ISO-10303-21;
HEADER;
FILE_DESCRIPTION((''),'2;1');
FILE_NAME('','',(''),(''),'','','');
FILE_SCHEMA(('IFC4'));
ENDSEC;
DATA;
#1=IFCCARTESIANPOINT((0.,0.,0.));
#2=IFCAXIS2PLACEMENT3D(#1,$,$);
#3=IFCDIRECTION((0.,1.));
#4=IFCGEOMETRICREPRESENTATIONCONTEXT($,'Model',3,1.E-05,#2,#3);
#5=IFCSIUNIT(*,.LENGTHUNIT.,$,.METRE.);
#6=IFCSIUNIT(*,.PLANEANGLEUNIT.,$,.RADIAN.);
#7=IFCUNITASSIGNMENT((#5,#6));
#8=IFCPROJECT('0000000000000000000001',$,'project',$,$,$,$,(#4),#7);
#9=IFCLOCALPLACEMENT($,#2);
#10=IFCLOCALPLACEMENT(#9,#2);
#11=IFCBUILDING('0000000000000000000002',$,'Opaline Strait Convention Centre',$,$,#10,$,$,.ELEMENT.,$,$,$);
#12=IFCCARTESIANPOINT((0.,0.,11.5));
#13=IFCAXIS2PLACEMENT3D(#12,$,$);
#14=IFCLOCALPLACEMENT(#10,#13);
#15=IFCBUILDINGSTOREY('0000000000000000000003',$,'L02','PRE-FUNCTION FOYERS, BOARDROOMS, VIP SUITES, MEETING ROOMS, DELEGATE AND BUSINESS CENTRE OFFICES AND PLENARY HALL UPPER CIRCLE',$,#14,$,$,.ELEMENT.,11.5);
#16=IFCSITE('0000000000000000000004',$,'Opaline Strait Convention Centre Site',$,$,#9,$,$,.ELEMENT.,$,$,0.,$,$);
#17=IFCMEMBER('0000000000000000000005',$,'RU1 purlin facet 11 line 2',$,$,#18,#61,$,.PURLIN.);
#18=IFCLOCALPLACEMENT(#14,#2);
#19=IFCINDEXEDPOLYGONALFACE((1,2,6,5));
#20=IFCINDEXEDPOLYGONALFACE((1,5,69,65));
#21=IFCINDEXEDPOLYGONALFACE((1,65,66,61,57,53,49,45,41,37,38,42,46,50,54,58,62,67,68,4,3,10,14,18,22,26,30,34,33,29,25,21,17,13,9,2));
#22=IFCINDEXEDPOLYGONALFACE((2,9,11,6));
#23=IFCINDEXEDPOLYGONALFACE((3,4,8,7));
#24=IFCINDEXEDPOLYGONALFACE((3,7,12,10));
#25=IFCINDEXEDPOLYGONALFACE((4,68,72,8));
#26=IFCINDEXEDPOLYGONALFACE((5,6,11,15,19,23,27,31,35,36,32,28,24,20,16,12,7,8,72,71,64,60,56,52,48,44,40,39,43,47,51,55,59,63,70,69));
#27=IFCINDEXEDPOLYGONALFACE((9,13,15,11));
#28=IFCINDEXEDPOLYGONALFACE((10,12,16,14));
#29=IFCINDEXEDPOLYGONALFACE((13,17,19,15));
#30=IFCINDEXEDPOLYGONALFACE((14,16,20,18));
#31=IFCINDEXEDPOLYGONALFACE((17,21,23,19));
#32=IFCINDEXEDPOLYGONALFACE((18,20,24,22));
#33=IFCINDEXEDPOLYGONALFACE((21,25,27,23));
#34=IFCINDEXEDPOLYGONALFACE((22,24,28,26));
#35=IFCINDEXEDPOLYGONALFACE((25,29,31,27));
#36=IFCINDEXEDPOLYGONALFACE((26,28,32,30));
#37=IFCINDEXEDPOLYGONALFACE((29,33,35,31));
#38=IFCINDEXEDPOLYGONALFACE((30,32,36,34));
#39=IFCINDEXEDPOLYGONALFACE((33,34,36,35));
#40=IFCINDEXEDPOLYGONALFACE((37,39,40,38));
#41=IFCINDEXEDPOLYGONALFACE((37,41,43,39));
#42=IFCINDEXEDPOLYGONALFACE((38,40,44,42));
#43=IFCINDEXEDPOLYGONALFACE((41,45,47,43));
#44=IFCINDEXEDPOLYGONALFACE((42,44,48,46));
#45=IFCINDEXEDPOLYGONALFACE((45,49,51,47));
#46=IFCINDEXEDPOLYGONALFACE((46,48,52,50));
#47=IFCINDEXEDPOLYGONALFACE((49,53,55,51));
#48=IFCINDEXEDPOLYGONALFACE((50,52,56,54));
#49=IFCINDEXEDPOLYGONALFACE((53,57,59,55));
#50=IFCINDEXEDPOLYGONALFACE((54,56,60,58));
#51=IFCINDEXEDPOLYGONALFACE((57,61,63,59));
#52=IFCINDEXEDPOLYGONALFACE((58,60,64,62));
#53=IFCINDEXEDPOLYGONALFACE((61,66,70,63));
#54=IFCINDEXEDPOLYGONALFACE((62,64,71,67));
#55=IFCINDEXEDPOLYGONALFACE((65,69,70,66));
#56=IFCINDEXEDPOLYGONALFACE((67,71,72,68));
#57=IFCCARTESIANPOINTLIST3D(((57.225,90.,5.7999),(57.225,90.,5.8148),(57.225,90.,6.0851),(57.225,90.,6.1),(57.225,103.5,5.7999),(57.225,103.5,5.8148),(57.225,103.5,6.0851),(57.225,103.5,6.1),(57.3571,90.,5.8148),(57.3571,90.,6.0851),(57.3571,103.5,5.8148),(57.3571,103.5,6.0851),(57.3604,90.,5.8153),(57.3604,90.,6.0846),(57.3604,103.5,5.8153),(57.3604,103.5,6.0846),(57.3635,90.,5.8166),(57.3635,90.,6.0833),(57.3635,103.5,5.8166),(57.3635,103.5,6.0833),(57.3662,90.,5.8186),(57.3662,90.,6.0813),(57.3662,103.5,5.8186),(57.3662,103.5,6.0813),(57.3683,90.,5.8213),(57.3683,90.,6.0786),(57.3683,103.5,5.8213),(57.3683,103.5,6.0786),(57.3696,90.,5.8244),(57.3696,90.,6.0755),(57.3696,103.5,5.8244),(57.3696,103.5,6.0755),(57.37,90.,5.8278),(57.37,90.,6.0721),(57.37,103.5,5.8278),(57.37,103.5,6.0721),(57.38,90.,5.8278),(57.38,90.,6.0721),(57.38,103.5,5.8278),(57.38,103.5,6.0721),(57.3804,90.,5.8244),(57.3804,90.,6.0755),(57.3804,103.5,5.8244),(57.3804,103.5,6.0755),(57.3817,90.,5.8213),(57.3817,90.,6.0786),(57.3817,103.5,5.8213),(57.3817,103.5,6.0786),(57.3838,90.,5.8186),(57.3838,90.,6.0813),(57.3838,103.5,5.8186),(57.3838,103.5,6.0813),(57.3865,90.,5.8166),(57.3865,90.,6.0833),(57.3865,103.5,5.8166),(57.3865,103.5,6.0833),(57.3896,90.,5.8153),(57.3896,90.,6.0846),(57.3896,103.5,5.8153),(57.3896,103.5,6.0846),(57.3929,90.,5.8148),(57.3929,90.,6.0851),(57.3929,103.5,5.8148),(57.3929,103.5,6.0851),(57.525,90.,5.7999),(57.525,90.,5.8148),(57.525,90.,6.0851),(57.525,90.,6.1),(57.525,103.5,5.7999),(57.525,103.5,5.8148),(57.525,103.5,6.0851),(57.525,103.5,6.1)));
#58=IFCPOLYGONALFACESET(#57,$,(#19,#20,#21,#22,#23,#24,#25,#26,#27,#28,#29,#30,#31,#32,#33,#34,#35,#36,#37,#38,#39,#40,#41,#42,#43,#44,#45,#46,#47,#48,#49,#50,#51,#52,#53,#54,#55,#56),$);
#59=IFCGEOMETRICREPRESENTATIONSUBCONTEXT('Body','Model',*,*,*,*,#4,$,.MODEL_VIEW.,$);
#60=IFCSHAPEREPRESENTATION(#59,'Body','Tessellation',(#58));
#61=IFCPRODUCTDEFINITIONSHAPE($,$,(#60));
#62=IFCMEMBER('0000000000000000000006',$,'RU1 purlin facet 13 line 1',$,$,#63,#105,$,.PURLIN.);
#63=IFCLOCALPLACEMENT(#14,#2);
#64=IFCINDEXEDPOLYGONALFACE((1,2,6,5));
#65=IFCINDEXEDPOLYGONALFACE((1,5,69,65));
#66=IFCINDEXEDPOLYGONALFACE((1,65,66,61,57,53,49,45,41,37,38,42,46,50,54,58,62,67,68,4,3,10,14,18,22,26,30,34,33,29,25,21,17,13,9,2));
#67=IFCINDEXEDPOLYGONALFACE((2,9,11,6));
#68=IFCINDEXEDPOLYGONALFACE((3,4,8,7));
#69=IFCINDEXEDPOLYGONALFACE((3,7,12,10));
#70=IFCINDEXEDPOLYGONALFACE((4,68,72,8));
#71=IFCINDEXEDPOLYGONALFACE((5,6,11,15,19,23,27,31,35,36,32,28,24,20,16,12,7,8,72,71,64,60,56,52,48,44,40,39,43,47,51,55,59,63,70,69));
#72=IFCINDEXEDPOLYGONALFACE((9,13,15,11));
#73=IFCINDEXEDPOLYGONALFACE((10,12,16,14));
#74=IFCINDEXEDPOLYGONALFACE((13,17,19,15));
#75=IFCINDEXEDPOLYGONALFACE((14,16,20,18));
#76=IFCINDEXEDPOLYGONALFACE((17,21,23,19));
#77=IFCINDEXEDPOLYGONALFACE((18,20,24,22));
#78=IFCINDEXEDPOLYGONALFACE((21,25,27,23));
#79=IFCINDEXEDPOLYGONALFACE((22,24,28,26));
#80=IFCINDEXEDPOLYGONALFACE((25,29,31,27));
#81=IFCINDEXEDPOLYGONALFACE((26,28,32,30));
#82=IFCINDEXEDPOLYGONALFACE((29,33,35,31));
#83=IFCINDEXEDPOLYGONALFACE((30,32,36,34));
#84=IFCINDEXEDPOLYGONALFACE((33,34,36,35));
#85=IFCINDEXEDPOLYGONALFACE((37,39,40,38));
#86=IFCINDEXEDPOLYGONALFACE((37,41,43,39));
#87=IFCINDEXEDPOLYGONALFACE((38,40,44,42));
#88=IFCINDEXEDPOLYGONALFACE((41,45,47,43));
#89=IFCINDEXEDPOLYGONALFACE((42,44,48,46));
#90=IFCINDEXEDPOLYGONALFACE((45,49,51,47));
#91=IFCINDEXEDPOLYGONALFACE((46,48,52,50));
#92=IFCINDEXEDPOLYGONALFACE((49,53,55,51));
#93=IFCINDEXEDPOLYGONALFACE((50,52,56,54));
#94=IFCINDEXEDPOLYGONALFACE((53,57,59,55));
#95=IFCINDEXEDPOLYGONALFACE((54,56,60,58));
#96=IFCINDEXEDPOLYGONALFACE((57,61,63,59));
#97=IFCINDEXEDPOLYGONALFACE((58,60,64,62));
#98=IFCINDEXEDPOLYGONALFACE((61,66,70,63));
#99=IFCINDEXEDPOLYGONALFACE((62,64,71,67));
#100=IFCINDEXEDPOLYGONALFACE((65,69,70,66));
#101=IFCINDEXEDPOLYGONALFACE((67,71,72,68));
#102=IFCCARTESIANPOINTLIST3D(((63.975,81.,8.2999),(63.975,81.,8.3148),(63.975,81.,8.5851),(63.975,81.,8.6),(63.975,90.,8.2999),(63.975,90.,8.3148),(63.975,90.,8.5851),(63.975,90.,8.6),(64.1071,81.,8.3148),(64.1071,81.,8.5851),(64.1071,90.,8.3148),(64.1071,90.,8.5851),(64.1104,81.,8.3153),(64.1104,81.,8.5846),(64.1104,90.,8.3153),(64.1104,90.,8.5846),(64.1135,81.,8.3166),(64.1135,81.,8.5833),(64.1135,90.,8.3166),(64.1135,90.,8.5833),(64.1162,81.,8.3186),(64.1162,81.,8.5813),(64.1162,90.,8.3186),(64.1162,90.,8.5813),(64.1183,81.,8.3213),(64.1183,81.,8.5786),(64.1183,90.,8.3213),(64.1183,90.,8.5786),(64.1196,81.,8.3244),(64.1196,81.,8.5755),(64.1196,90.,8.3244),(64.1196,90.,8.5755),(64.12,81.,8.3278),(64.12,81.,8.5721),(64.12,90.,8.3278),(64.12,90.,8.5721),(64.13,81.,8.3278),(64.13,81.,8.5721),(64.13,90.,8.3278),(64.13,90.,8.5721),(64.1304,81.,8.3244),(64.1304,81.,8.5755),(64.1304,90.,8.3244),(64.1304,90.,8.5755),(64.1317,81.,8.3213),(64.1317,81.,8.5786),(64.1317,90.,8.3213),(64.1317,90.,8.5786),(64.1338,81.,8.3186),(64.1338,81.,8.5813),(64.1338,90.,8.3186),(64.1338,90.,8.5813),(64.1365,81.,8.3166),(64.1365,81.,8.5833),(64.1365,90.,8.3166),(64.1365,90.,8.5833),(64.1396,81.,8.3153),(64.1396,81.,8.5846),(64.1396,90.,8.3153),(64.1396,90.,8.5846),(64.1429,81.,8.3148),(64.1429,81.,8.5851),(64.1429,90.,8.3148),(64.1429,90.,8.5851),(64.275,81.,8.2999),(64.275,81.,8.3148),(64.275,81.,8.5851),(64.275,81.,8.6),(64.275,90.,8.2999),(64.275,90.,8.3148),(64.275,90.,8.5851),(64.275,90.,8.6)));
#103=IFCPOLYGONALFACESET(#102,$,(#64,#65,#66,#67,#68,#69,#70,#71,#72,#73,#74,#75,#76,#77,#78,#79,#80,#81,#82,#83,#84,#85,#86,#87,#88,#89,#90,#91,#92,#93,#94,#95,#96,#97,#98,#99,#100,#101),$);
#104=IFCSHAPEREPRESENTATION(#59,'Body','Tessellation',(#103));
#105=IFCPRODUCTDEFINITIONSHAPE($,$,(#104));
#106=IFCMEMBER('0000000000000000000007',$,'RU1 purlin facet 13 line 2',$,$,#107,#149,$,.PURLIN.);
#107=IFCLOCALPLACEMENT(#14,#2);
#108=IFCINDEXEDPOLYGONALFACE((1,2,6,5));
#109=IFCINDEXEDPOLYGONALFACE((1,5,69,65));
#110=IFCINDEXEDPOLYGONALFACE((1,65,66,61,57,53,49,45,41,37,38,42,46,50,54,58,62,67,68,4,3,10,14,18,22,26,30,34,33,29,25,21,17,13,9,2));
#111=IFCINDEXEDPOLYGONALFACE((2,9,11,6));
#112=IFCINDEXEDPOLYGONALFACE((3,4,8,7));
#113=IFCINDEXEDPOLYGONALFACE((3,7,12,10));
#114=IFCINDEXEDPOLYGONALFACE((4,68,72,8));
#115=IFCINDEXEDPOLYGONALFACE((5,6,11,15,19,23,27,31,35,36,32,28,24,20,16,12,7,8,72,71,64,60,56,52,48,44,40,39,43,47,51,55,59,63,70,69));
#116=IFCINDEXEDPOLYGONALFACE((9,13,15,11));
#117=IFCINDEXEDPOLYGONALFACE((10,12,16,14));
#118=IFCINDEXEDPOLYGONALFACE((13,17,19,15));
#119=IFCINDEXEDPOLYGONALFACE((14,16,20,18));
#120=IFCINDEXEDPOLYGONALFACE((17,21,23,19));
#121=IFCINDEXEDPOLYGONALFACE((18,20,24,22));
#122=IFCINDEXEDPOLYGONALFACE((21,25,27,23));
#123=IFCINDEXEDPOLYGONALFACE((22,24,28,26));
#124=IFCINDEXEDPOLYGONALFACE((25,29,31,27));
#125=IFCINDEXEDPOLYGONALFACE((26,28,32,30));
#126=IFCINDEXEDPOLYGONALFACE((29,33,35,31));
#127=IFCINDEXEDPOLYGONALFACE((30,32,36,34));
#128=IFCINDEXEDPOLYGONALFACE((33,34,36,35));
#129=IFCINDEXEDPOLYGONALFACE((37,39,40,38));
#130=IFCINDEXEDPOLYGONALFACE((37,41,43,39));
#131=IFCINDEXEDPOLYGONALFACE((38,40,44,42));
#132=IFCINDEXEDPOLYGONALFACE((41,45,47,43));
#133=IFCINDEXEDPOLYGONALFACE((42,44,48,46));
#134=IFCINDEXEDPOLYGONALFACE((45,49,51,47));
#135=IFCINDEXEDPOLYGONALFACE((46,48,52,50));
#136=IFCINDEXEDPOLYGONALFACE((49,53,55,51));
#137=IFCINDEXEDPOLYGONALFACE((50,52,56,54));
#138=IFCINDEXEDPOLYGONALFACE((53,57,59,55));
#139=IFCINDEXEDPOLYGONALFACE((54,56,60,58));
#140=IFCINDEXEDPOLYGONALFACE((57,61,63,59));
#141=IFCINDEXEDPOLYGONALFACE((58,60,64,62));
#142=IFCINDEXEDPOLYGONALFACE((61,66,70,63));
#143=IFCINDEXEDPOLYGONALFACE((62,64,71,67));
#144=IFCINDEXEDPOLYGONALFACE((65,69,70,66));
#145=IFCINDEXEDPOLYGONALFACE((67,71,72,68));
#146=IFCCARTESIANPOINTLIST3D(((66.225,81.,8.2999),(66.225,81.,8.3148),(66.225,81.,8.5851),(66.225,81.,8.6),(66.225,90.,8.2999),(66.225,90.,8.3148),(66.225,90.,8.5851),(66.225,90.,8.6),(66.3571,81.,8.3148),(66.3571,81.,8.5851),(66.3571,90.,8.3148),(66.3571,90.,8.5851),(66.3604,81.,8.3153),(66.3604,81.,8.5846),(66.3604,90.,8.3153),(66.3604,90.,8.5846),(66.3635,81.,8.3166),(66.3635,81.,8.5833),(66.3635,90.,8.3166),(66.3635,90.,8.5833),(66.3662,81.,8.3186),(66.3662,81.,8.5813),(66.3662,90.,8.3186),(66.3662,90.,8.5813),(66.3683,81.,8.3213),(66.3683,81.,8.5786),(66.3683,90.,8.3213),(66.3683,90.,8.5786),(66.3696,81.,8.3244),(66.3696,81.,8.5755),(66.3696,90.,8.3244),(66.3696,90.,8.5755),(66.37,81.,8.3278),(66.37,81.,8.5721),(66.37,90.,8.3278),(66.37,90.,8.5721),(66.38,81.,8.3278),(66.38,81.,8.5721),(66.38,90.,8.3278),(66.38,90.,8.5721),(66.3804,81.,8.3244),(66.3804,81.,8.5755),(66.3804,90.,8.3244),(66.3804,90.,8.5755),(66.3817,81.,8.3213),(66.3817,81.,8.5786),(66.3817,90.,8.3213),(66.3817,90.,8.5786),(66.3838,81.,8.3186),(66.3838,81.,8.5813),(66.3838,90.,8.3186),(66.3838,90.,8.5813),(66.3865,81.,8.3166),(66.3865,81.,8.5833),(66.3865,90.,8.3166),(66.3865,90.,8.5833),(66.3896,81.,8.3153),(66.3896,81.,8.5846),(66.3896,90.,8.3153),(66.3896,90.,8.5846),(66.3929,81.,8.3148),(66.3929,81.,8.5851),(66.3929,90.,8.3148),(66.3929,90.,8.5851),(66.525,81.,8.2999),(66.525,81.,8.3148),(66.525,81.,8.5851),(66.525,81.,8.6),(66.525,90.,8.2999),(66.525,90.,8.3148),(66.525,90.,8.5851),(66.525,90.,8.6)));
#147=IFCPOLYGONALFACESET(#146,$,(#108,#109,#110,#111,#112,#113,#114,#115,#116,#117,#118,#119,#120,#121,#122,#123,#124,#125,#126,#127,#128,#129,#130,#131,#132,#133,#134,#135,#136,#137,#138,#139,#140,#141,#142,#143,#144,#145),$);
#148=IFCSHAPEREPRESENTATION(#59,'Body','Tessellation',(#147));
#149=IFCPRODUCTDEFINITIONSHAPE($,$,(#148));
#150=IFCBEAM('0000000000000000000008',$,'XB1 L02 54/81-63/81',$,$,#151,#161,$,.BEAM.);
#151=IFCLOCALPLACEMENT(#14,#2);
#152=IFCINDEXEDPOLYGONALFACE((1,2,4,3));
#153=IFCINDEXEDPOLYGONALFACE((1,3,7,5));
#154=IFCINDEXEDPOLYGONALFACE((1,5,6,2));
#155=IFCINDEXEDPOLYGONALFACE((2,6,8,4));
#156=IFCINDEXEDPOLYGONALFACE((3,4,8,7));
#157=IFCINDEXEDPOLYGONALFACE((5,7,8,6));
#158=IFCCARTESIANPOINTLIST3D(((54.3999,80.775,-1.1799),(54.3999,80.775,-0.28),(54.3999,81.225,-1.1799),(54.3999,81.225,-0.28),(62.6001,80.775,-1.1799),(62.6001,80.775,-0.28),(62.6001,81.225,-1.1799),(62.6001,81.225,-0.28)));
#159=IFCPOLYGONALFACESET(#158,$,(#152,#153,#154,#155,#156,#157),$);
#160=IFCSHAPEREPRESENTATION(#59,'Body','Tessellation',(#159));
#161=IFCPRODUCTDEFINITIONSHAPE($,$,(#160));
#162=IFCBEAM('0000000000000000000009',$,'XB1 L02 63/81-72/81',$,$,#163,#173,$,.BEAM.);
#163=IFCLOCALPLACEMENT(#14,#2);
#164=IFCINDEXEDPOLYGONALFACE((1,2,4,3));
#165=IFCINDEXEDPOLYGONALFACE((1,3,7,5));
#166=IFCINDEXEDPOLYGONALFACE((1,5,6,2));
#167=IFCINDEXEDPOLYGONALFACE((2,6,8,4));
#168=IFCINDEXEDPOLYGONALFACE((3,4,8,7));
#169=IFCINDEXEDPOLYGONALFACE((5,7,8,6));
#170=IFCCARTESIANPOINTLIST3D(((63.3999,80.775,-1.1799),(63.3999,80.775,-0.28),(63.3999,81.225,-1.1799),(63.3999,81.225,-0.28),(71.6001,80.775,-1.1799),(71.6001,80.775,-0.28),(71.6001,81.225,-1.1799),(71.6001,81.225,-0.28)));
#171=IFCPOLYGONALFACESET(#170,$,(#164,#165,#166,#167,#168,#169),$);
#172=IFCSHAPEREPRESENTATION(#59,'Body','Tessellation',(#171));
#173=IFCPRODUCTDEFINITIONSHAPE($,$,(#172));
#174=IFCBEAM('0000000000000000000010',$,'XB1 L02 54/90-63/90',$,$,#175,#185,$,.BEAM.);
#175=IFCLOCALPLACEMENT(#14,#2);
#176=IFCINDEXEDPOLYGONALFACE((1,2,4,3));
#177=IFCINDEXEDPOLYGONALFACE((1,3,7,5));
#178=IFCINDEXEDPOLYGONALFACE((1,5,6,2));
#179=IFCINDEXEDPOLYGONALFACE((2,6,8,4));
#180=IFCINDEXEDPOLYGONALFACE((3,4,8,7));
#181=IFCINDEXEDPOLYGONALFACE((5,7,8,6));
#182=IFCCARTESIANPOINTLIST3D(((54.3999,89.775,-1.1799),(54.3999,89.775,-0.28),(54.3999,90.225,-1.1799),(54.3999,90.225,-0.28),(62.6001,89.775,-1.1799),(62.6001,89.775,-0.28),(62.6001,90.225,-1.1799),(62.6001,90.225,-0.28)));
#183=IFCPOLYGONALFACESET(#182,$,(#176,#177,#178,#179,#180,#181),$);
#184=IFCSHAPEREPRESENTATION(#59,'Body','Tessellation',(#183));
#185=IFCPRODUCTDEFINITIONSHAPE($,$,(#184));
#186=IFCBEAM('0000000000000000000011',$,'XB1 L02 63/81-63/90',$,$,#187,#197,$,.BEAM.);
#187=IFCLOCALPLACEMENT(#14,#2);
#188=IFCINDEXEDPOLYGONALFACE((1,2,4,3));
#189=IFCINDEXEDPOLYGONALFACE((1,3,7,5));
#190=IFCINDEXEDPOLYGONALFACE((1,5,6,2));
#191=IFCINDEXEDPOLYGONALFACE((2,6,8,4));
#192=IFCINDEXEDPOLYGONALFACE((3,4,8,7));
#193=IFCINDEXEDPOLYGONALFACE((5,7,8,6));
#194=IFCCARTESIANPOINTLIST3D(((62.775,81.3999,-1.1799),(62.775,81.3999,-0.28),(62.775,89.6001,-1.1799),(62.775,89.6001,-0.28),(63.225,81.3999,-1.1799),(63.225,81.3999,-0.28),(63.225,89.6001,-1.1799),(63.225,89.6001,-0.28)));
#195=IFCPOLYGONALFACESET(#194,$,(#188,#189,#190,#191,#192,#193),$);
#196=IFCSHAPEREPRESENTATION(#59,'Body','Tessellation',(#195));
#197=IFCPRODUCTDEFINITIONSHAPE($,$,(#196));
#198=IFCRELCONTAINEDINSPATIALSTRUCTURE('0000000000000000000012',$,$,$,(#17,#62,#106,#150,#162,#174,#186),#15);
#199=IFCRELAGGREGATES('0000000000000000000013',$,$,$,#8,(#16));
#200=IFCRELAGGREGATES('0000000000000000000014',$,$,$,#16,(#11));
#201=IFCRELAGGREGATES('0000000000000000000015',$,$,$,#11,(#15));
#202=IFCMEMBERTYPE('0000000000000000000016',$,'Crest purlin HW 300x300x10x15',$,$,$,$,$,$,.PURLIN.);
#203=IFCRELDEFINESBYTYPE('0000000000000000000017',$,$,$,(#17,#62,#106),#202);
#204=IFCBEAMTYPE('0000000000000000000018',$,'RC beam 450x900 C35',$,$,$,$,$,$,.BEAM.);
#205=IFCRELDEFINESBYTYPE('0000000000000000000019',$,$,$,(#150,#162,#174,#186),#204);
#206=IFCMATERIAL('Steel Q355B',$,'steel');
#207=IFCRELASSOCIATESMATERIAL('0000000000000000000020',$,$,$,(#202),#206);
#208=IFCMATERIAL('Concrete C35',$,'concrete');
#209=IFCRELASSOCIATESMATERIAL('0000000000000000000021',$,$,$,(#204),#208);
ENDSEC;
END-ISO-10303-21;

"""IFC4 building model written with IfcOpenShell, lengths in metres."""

from ifc_helpers import new_model, si_unit, direction, frame, origin, origin_2d, place, context, subcontext, project, spatial, rectangle, i_section, extrude, material, material_profile, profile_set, type_object, element, save


model = new_model("IFC4")

# Units and contexts
model_context = context("Model", 3, precision=1e-05, world=origin(), true_north=direction((0.0, 1.0)))
body_context = subcontext(model_context, "Body", "Model", "MODEL_VIEW")
ifc_project = project(units=[si_unit("LENGTHUNIT", "METRE"), si_unit("PLANEANGLEUNIT", "RADIAN")], contexts=[model_context])

# Site, building, storey
site_placement = place(None, origin())
site = spatial("IfcSite", under=ifc_project, at=site_placement, Name="Opaline Strait Convention Centre Site", CompositionType="ELEMENT", RefElevation=0.0)
building_placement = place(site_placement, origin())
building = spatial("IfcBuilding", under=site, at=building_placement, Name="Opaline Strait Convention Centre", CompositionType="ELEMENT")
storey_placement = place(building_placement, frame((0.0, 0.0, 11.5)))
storey = spatial("IfcBuildingStorey", under=building, at=storey_placement, Name="L02", Description="PRE-FUNCTION FOYERS, BOARDROOMS, VIP SUITES, MEETING ROOMS, DELEGATE AND BUSINESS CENTRE OFFICES AND PLENARY HALL UPPER CIRCLE", CompositionType="ELEMENT", Elevation=11.5)

# Members
ifc_material_1 = material(Name="Steel Q355B", Category="steel")
ifc_material_profile_1 = material_profile(ifc_material_1, i_section(OverallWidth=0.3, OverallDepth=0.3, WebThickness=0.01, FlangeThickness=0.0149, FilletRadius=0.0129, at=origin_2d()), Name="HW 300x300x10x15")
ifc_profile_set_1 = profile_set([ifc_material_profile_1], Name="Steel Q355B")
member_type_1 = type_object("IfcMemberType", Name="Crest purlin HW 300x300x10x15", PredefinedType="PURLIN", material=ifc_profile_set_1)
member_1_placement = place(storey_placement, frame((57.375, 90.0, 5.95), z_axis=(0.0, 1.0, 0.0), x_axis=(-1.0, 0.0, 0.0)))
element("IfcMember", 1, at=member_1_placement, inside=storey, type_object=member_type_1, Name="RU1 purlin facet 11 line 2", PredefinedType="PURLIN", context=body_context, shape_type="SweptSolid", body=[
    extrude(i_section(OverallWidth=0.3, OverallDepth=0.3, WebThickness=0.01, FlangeThickness=0.0149, FilletRadius=0.0129, at=origin_2d()), origin(), (0.0, 0.0, 1.0), 13.5),
])
for number, where, z_axis, x_axis, name in (
    (2, (64.125, 81.0, 8.45), (0.0, 1.0, 0.0), (-1.0, 0.0, 0.0), "RU1 purlin facet 13 line 1"),
    (3, (66.375, 81.0, 8.45), (0.0, 1.0, 0.0), (-1.0, 0.0, 0.0), "RU1 purlin facet 13 line 2"),
):
    element("IfcMember", number, at=place(storey_placement, frame(where, z_axis=z_axis, x_axis=x_axis)), inside=storey, type_object=member_type_1, Name=name, PredefinedType="PURLIN", context=body_context, shape_type="SweptSolid", body=[
        extrude(i_section(OverallWidth=0.3, OverallDepth=0.3, WebThickness=0.01, FlangeThickness=0.0149, FilletRadius=0.0129, at=origin_2d()), origin(), (0.0, 0.0, 1.0), 9.0),
    ])

# Beams
ifc_material_2 = material(Name="Concrete C35", Category="concrete")
ifc_material_profile_2 = material_profile(ifc_material_2, rectangle(XDim=0.45, YDim=0.8999, at=origin_2d()), Name="RC 450x900")
ifc_profile_set_2 = profile_set([ifc_material_profile_2], Name="Concrete C35")
beam_type = type_object("IfcBeamType", Name="RC beam 450x900 C35", PredefinedType="BEAM", material=ifc_profile_set_2)
for number, where, z_axis, x_axis, name in (
    (4, (54.3999, 81.0, -0.73), (1.0, 0.0, 0.0), (0.0, 1.0, 0.0), "XB1 L02 54/81-63/81"),
    (5, (63.3999, 81.0, -0.73), (1.0, 0.0, 0.0), (0.0, 1.0, 0.0), "XB1 L02 63/81-72/81"),
    (6, (54.3999, 90.0, -0.73), (1.0, 0.0, 0.0), (0.0, 1.0, 0.0), "XB1 L02 54/90-63/90"),
    (7, (63.0, 81.3999, -0.73), (0.0, 1.0, 0.0), (-1.0, 0.0, 0.0), "XB1 L02 63/81-63/90"),
):
    element("IfcBeam", number, at=place(storey_placement, frame(where, z_axis=z_axis, x_axis=x_axis)), inside=storey, type_object=beam_type, Name=name, PredefinedType="BEAM", context=body_context, shape_type="SweptSolid", body=[
        extrude(rectangle(XDim=0.45, YDim=0.8999, at=origin_2d()), origin(), (0.0, 0.0, 1.0), 8.2002),
    ])

save(model, "model.ifc")
